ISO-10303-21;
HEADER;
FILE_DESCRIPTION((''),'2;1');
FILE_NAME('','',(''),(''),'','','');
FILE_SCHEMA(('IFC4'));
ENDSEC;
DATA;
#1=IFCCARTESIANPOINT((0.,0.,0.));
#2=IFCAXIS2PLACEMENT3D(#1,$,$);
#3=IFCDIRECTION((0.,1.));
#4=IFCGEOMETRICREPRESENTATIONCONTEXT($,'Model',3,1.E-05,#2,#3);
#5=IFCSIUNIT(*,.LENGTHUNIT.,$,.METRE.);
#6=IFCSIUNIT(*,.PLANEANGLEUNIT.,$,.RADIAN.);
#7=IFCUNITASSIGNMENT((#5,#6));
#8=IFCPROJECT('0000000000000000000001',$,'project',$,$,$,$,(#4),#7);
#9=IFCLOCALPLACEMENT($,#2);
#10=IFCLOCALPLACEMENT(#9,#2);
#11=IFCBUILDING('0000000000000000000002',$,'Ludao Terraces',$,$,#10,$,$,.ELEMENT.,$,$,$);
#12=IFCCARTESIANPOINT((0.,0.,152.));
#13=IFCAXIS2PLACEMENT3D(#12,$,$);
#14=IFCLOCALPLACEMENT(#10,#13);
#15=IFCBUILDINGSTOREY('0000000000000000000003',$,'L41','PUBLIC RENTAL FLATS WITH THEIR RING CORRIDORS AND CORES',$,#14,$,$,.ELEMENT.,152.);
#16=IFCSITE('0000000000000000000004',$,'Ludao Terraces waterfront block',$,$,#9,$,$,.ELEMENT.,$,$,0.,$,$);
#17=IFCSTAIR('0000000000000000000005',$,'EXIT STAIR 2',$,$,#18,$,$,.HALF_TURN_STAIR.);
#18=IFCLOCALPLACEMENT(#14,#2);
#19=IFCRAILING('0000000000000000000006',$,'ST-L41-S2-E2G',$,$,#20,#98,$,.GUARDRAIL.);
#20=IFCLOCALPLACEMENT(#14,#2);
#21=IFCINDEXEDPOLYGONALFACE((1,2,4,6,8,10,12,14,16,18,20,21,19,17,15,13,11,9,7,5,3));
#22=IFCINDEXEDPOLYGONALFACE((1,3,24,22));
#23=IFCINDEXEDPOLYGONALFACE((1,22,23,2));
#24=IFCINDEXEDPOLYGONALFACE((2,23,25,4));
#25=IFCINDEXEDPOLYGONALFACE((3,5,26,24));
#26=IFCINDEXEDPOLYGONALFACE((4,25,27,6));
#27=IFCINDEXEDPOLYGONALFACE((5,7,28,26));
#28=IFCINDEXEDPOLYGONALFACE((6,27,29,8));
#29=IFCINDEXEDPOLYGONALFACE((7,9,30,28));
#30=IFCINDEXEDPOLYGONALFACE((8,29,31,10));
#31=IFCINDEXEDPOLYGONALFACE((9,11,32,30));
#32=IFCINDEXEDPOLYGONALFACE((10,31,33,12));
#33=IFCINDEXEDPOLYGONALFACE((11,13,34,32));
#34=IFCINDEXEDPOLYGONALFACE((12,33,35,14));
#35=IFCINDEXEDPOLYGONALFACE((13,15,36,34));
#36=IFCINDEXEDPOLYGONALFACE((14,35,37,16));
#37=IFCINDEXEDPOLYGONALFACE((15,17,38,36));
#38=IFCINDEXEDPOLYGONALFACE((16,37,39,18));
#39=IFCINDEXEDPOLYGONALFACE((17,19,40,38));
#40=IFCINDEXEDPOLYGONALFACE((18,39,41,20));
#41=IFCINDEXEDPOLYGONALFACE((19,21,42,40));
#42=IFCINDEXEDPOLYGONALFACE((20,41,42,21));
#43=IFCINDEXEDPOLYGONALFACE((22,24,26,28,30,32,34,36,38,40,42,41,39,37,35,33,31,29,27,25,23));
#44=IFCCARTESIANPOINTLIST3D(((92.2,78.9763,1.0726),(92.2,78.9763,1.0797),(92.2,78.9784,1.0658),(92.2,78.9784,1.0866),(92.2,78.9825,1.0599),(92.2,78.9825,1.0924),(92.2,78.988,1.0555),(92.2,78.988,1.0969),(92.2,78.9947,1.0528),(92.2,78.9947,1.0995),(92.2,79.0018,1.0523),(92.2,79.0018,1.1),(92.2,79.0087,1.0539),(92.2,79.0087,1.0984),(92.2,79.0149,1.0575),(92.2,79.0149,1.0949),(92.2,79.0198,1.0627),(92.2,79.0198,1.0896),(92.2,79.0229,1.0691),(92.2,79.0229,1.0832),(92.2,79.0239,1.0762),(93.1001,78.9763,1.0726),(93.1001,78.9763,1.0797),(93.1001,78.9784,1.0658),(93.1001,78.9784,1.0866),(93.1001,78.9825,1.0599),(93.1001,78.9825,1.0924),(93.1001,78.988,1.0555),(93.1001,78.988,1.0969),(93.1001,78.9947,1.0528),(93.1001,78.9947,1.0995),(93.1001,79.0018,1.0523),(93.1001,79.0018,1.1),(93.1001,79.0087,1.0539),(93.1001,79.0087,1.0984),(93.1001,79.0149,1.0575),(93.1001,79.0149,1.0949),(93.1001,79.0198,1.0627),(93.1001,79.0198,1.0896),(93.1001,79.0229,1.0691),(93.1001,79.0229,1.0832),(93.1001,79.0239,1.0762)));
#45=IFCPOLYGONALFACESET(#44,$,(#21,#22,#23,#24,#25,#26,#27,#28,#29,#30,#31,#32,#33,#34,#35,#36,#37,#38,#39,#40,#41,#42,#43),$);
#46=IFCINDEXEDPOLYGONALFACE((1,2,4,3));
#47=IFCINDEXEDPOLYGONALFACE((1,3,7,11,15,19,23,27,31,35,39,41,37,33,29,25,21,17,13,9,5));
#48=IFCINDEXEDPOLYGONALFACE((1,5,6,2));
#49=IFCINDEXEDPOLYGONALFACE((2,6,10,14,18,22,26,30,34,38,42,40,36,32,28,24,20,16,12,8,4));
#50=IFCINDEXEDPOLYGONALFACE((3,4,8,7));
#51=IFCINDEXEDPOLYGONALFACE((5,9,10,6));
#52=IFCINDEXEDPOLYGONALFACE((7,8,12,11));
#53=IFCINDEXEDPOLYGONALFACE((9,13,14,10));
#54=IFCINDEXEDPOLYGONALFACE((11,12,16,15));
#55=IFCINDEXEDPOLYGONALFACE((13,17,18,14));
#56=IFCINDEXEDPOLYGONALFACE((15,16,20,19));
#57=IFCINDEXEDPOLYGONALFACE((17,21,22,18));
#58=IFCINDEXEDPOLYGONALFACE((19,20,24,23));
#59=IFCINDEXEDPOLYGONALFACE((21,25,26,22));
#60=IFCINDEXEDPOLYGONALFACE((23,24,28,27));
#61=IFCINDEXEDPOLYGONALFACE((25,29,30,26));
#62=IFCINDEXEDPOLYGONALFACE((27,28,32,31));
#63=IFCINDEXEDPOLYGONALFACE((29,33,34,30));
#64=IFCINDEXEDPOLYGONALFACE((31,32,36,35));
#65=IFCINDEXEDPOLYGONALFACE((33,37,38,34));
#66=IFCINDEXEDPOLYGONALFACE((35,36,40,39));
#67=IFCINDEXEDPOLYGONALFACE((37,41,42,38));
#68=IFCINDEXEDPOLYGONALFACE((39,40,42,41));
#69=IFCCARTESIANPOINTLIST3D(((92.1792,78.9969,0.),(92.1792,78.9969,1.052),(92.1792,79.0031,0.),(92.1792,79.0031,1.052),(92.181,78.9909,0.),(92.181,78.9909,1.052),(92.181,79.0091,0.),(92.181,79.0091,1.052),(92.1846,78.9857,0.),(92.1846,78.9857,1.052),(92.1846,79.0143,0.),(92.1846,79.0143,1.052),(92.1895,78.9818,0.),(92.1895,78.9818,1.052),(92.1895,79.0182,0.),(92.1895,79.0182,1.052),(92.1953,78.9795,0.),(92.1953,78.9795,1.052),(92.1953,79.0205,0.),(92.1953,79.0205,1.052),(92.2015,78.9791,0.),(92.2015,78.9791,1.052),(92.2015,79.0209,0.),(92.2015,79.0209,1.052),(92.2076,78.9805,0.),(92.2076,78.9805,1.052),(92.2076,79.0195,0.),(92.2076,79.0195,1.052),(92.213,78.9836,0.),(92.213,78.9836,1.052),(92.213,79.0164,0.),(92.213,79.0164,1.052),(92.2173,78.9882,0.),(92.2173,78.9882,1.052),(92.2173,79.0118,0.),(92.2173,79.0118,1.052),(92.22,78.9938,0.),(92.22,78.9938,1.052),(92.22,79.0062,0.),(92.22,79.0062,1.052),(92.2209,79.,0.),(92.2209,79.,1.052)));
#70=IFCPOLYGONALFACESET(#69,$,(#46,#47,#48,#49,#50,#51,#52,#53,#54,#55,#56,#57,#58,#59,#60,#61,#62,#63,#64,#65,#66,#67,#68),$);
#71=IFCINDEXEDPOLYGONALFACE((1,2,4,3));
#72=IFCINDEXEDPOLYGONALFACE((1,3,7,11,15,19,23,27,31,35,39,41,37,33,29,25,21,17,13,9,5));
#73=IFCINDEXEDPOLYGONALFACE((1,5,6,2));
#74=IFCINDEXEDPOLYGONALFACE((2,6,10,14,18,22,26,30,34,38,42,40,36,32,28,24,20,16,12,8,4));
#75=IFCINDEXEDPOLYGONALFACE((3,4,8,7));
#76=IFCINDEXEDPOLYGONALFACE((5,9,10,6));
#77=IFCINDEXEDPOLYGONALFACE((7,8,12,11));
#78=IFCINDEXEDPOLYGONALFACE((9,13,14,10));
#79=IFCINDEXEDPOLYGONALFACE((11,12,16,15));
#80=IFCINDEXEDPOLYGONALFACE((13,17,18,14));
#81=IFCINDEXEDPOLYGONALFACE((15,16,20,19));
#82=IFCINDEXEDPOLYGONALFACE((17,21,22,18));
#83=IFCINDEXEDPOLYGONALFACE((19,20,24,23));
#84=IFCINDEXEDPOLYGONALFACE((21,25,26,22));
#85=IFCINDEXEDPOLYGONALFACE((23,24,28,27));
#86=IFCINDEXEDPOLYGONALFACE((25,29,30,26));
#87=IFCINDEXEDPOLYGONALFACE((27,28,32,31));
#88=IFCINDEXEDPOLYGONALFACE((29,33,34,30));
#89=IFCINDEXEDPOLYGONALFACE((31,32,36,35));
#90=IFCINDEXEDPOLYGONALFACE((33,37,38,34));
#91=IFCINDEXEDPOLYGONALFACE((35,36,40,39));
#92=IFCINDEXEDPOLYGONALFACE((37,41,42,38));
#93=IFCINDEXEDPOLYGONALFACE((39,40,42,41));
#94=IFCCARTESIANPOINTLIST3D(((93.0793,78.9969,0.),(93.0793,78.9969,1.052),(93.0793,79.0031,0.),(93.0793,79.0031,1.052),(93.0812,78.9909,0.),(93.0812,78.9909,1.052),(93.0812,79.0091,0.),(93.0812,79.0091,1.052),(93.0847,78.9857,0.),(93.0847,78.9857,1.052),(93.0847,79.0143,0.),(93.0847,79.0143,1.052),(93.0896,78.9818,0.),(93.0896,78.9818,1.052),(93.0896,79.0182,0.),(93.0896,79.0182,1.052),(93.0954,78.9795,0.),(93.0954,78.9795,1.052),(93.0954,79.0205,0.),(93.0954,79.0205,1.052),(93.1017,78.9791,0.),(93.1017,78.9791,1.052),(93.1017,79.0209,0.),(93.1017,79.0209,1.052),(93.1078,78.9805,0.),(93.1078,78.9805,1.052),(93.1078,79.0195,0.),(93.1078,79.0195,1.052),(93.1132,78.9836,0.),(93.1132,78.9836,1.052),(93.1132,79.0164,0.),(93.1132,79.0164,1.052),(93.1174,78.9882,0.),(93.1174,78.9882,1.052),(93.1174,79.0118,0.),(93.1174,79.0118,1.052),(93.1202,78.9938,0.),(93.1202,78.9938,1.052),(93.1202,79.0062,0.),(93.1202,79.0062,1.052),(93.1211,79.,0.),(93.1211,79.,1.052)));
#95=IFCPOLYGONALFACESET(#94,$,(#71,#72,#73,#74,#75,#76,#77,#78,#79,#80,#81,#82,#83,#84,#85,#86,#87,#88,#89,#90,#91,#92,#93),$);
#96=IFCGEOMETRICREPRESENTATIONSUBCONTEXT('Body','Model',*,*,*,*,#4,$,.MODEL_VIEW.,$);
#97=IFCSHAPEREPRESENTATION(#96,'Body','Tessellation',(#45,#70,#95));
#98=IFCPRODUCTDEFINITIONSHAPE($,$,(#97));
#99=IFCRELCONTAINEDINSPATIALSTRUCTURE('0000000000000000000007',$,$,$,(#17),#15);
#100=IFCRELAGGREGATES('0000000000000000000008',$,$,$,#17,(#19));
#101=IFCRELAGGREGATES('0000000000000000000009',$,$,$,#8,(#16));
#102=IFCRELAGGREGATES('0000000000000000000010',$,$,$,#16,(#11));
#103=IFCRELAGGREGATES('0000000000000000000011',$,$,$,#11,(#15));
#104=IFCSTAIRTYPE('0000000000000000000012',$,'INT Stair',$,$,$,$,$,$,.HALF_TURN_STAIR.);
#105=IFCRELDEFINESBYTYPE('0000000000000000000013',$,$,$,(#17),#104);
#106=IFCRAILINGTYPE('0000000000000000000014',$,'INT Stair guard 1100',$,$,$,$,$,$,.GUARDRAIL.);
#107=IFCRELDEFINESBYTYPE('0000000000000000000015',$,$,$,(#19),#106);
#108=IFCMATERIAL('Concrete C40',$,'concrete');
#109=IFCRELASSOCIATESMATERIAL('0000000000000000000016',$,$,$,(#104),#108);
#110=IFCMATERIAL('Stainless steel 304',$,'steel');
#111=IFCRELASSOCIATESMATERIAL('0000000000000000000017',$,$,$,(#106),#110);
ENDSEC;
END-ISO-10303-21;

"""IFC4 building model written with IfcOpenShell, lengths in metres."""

from ifc_helpers import new_model, si_unit, direction, frame, origin, origin_2d, place, context, subcontext, project, spatial, circle, extrude, material, type_object, element, aggregate, save


model = new_model("IFC4")

# Units and contexts
model_context = context("Model", 3, precision=1e-05, world=origin(), true_north=direction((0.0, 1.0)))
body_context = subcontext(model_context, "Body", "Model", "MODEL_VIEW")
ifc_project = project(units=[si_unit("LENGTHUNIT", "METRE"), si_unit("PLANEANGLEUNIT", "RADIAN")], contexts=[model_context])

# Site, building, storey
site_placement = place(None, origin())
site = spatial("IfcSite", under=ifc_project, at=site_placement, Name="Ludao Terraces waterfront block", CompositionType="ELEMENT", RefElevation=0.0)
building_placement = place(site_placement, origin())
building = spatial("IfcBuilding", under=site, at=building_placement, Name="Ludao Terraces", CompositionType="ELEMENT")
storey_placement = place(building_placement, frame((0.0, 0.0, 152.0)))
storey = spatial("IfcBuildingStorey", under=building, at=storey_placement, Name="L41", Description="PUBLIC RENTAL FLATS WITH THEIR RING CORRIDORS AND CORES", CompositionType="ELEMENT", Elevation=152.0)

# Shared definitions
ifc_material_1 = material(Name="Concrete C40", Category="concrete")

# Shared definitions
ifc_material_2 = material(Name="Stainless steel 304", Category="steel")

# Stair, railing
stair_type = type_object("IfcStairType", Name="INT Stair", PredefinedType="HALF_TURN_STAIR", material=ifc_material_1)
stair_placement = place(storey_placement, origin())
stair = element("IfcStair", 1, at=stair_placement, inside=storey, type_object=stair_type, Name="EXIT STAIR 2", PredefinedType="HALF_TURN_STAIR")
railing_type_1 = type_object("IfcRailingType", Name="INT Stair guard 1100", PredefinedType="GUARDRAIL", material=ifc_material_2)
railing_1_placement = place(storey_placement, frame((92.2, 79.0, 0.0)))
railing_1 = element("IfcRailing", 2, at=railing_1_placement, type_object=railing_type_1, Name="ST-L41-S2-E2G", PredefinedType="GUARDRAIL", context=body_context, shape_type="SweptSolid", body=[
    extrude(circle(Radius=0.0239, at=origin_2d()), frame((0.0, 0.0, 1.0762), z_axis=(1.0, 0.0, 0.0), x_axis=(0.0, 1.0, 0.0)), (0.0, 0.0, 1.0), 0.9001),
    extrude(circle(Radius=0.021, at=origin_2d()), origin(), (0.0, 0.0, 1.0), 1.052),
    extrude(circle(Radius=0.021, at=origin_2d()), frame((0.9001, 0.0, 0.0)), (0.0, 0.0, 1.0), 1.052),
])
aggregate(stair, [railing_1])

save(model, "model.ifc")
